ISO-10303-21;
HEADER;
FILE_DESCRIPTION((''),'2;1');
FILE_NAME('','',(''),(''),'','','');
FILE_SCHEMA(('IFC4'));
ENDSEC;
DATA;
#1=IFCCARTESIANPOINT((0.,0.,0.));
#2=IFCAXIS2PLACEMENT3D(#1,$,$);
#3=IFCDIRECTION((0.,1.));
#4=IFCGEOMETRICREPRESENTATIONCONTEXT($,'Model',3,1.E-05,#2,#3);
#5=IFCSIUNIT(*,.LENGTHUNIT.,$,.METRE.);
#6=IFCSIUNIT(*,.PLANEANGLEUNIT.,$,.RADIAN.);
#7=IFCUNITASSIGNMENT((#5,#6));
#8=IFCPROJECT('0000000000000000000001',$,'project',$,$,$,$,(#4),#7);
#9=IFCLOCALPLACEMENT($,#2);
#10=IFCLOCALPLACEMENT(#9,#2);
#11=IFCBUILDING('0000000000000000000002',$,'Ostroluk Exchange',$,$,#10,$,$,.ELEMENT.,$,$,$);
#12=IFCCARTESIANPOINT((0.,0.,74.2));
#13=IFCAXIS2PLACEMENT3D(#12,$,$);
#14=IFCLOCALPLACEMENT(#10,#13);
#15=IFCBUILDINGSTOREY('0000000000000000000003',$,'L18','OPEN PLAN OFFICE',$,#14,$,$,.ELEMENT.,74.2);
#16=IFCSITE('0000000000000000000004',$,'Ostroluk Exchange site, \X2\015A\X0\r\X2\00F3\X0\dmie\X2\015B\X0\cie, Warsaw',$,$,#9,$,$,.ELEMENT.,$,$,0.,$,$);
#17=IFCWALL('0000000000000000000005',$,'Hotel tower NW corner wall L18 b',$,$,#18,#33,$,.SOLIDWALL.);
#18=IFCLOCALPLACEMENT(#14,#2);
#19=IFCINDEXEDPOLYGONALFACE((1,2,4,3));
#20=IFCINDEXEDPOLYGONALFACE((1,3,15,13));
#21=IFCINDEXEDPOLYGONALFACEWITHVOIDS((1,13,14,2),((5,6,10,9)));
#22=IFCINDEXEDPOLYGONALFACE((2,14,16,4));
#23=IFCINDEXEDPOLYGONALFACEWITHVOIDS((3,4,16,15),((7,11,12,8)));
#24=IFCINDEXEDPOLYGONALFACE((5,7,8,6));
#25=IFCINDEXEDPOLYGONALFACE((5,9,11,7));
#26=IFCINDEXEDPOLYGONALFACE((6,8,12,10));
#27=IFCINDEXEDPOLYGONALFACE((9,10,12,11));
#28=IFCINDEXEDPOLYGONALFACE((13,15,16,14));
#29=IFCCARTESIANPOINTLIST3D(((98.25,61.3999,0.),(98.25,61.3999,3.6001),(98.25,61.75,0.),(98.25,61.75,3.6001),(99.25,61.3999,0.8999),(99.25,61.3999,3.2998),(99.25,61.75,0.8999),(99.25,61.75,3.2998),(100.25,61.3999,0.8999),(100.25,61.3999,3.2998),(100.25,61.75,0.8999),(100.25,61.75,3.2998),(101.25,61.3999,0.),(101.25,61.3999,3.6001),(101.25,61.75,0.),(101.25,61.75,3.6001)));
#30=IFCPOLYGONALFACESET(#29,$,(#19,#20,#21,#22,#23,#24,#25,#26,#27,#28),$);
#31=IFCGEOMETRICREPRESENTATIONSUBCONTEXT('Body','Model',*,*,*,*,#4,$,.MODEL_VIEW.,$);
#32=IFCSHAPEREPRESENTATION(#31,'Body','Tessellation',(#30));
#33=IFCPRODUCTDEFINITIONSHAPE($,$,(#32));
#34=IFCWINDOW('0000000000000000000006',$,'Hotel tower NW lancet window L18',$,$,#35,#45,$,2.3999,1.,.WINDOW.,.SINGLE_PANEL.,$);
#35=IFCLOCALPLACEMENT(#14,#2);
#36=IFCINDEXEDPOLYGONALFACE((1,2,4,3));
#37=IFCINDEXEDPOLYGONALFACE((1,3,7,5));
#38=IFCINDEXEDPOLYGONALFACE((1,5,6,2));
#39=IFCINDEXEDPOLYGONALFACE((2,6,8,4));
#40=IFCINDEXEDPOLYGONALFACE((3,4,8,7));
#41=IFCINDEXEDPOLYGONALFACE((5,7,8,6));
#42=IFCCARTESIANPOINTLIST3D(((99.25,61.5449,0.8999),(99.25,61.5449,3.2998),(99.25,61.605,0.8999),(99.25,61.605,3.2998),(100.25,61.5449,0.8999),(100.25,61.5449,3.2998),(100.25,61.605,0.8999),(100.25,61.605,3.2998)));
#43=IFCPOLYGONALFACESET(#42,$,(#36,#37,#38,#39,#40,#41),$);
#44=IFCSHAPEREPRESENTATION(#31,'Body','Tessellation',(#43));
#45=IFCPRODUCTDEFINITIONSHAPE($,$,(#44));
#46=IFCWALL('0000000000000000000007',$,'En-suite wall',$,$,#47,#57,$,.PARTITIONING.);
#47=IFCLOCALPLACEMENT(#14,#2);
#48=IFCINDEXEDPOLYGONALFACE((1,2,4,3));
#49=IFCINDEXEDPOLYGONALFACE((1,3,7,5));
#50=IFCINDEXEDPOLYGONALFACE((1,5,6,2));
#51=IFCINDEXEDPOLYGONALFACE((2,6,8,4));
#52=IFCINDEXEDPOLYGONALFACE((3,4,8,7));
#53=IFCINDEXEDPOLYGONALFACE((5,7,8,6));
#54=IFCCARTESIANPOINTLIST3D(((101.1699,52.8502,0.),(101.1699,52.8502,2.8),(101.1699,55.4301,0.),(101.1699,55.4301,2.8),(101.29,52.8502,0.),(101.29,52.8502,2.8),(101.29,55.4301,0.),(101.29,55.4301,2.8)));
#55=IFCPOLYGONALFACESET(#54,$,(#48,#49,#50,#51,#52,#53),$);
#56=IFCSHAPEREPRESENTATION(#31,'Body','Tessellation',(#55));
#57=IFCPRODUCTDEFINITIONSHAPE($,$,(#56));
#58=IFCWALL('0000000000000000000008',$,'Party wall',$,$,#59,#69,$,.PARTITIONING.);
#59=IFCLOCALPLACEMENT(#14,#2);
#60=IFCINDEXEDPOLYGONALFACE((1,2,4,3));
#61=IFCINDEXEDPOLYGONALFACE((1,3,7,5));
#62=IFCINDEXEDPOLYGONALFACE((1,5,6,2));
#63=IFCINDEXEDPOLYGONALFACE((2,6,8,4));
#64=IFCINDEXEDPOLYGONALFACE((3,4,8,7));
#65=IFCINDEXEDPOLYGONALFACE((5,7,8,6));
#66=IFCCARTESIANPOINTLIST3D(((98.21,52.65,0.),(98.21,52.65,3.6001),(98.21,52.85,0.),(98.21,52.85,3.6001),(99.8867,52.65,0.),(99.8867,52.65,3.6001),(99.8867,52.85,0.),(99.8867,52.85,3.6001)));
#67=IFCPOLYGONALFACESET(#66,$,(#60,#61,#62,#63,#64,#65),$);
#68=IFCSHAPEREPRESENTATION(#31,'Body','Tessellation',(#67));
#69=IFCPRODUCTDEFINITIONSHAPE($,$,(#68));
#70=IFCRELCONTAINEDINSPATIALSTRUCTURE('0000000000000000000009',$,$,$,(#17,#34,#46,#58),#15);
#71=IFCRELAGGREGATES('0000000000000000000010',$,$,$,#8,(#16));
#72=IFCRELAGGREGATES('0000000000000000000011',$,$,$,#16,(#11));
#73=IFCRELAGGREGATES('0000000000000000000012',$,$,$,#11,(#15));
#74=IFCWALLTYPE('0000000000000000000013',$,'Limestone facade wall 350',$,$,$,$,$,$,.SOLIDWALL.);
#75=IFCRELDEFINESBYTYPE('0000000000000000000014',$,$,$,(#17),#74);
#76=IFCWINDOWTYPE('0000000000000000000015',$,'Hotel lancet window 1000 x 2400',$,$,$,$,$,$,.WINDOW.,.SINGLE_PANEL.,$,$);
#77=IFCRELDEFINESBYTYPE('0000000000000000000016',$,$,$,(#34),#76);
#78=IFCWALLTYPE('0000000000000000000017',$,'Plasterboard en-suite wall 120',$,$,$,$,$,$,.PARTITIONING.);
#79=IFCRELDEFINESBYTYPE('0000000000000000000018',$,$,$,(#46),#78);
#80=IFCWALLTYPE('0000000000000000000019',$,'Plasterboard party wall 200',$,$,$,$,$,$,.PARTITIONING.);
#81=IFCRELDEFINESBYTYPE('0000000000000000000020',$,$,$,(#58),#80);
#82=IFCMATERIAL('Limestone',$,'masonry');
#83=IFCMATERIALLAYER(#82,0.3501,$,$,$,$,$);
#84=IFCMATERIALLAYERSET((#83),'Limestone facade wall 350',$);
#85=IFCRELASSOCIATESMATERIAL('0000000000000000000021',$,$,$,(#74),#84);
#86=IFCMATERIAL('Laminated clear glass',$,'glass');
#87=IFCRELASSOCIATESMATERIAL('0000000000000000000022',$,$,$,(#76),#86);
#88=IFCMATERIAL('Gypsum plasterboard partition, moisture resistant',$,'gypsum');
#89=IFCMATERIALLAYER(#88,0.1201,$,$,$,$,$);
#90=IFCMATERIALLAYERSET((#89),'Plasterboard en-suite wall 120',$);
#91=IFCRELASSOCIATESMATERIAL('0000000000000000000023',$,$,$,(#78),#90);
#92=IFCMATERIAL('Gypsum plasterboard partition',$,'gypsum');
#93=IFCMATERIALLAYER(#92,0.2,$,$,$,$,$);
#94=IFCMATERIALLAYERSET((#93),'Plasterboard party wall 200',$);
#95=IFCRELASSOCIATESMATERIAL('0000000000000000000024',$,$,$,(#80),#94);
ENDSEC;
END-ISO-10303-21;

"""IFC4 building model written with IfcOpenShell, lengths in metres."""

from ifc_helpers import new_model, si_unit, direction, frame, frame_2d, origin, place, context, subcontext, project, spatial, rectangle, extrude, material, layer, layer_set, type_object, element, fill, save


model = new_model("IFC4")

# Units and contexts
model_context = context("Model", 3, precision=1e-05, world=origin(), true_north=direction((0.0, 1.0)))
body_context = subcontext(model_context, "Body", "Model", "MODEL_VIEW")
ifc_project = project(units=[si_unit("LENGTHUNIT", "METRE"), si_unit("PLANEANGLEUNIT", "RADIAN")], contexts=[model_context])

# Site, building, storey
site_placement = place(None, origin())
site = spatial("IfcSite", under=ifc_project, at=site_placement, Name="Ostroluk Exchange site, Śródmieście, Warsaw", CompositionType="ELEMENT", RefElevation=0.0)
building_placement = place(site_placement, origin())
building = spatial("IfcBuilding", under=site, at=building_placement, Name="Ostroluk Exchange", CompositionType="ELEMENT")
storey_placement = place(building_placement, frame((0.0, 0.0, 74.2)))
storey = spatial("IfcBuildingStorey", under=building, at=storey_placement, Name="L18", Description="OPEN PLAN OFFICE", CompositionType="ELEMENT", Elevation=74.2)

# Shared definitions
ifc_material_1 = material(Name="Limestone", Category="masonry")
ifc_layer_1 = layer(ifc_material_1, 0.3501)
ifc_layer_set_1 = layer_set([ifc_layer_1], Name="Limestone facade wall 350")
wall_type_1 = type_object("IfcWallType", Name="Limestone facade wall 350", PredefinedType="SOLIDWALL", material=ifc_layer_set_1)

# Wall, opening, window
wall_1_placement = place(storey_placement, frame((101.25, 61.575, 0.0), z_axis=(0.0, 0.0, 1.0), x_axis=(-1.0, 0.0, 0.0)))
wall_1 = element("IfcWall", 1, at=wall_1_placement, inside=storey, type_object=wall_type_1, Name="Hotel tower NW corner wall L18 b", PredefinedType="SOLIDWALL", context=body_context, shape_type="SweptSolid", body=[
    extrude(rectangle(XDim=3.0, YDim=0.3501, at=frame_2d((1.5, 0.0))), origin(), (0.0, 0.0, 1.0), 3.6001),
])
opening_1_placement = place(wall_1_placement, frame((1.0, 0.0, 0.8999)))
opening_1 = element("IfcOpeningElement", 2, at=opening_1_placement, cuts=wall_1, PredefinedType="OPENING", context=body_context, shape_type="SweptSolid", body=[
    extrude(rectangle(XDim=1.0, YDim=2.3999, at=frame_2d((0.5, 1.2))), frame((0.0, 0.1851, 0.0), z_axis=(0.0, -1.0, 0.0), x_axis=(1.0, 0.0, 0.0)), (0.0, 0.0, 1.0), 0.3701),
])
ifc_material_2 = material(Name="Laminated clear glass", Category="glass")
window_type = type_object("IfcWindowType", Name="Hotel lancet window 1000 x 2400", PartitioningType="SINGLE_PANEL", PredefinedType="WINDOW", material=ifc_material_2)
window_placement = place(opening_1_placement, origin())
window = element("IfcWindow", 3, at=window_placement, inside=storey, type_object=window_type, Name="Hotel tower NW lancet window L18", OverallHeight=2.3999, OverallWidth=1.0, PartitioningType="SINGLE_PANEL", PredefinedType="WINDOW", context=body_context, shape_type="SweptSolid", body=[
    extrude(rectangle(XDim=1.0, YDim=2.3999, at=frame_2d((0.5, 1.2))), frame((0.0, 0.03, 0.0), z_axis=(0.0, -1.0, 0.0), x_axis=(1.0, 0.0, 0.0)), (0.0, 0.0, 1.0), 0.0601),
])
fill(opening_1, window)

# Walls
ifc_material_3 = material(Name="Gypsum plasterboard partition, moisture resistant", Category="gypsum")
ifc_layer_2 = layer(ifc_material_3, 0.1201)
ifc_layer_set_2 = layer_set([ifc_layer_2], Name="Plasterboard en-suite wall 120")
wall_type_2 = type_object("IfcWallType", Name="Plasterboard en-suite wall 120", PredefinedType="PARTITIONING", material=ifc_layer_set_2)
wall_2_placement = place(storey_placement, frame((101.23, 52.8501, 0.0), z_axis=(0.0, 0.0, 1.0), x_axis=(0.0, 1.0, 0.0)))
element("IfcWall", 4, at=wall_2_placement, inside=storey, type_object=wall_type_2, Name="En-suite wall", PredefinedType="PARTITIONING", context=body_context, shape_type="SweptSolid", body=[
    extrude(rectangle(XDim=2.5798, YDim=0.1201, at=frame_2d((1.29, 0.0))), origin(), (0.0, 0.0, 1.0), 2.8),
])
ifc_material_4 = material(Name="Gypsum plasterboard partition", Category="gypsum")
ifc_layer_3 = layer(ifc_material_4, 0.2)
ifc_layer_set_3 = layer_set([ifc_layer_3], Name="Plasterboard party wall 200")
wall_type_3 = type_object("IfcWallType", Name="Plasterboard party wall 200", PredefinedType="PARTITIONING", material=ifc_layer_set_3)
wall_3_placement = place(storey_placement, frame((99.8867, 52.75, 0.0), z_axis=(0.0, 0.0, 1.0), x_axis=(-1.0, 0.0, 0.0)))
element("IfcWall", 5, at=wall_3_placement, inside=storey, type_object=wall_type_3, Name="Party wall", PredefinedType="PARTITIONING", context=body_context, shape_type="SweptSolid", body=[
    extrude(rectangle(XDim=1.6768, YDim=0.2, at=frame_2d((0.8384, 0.0))), origin(), (0.0, 0.0, 1.0), 3.6001),
])

save(model, "model.ifc")
